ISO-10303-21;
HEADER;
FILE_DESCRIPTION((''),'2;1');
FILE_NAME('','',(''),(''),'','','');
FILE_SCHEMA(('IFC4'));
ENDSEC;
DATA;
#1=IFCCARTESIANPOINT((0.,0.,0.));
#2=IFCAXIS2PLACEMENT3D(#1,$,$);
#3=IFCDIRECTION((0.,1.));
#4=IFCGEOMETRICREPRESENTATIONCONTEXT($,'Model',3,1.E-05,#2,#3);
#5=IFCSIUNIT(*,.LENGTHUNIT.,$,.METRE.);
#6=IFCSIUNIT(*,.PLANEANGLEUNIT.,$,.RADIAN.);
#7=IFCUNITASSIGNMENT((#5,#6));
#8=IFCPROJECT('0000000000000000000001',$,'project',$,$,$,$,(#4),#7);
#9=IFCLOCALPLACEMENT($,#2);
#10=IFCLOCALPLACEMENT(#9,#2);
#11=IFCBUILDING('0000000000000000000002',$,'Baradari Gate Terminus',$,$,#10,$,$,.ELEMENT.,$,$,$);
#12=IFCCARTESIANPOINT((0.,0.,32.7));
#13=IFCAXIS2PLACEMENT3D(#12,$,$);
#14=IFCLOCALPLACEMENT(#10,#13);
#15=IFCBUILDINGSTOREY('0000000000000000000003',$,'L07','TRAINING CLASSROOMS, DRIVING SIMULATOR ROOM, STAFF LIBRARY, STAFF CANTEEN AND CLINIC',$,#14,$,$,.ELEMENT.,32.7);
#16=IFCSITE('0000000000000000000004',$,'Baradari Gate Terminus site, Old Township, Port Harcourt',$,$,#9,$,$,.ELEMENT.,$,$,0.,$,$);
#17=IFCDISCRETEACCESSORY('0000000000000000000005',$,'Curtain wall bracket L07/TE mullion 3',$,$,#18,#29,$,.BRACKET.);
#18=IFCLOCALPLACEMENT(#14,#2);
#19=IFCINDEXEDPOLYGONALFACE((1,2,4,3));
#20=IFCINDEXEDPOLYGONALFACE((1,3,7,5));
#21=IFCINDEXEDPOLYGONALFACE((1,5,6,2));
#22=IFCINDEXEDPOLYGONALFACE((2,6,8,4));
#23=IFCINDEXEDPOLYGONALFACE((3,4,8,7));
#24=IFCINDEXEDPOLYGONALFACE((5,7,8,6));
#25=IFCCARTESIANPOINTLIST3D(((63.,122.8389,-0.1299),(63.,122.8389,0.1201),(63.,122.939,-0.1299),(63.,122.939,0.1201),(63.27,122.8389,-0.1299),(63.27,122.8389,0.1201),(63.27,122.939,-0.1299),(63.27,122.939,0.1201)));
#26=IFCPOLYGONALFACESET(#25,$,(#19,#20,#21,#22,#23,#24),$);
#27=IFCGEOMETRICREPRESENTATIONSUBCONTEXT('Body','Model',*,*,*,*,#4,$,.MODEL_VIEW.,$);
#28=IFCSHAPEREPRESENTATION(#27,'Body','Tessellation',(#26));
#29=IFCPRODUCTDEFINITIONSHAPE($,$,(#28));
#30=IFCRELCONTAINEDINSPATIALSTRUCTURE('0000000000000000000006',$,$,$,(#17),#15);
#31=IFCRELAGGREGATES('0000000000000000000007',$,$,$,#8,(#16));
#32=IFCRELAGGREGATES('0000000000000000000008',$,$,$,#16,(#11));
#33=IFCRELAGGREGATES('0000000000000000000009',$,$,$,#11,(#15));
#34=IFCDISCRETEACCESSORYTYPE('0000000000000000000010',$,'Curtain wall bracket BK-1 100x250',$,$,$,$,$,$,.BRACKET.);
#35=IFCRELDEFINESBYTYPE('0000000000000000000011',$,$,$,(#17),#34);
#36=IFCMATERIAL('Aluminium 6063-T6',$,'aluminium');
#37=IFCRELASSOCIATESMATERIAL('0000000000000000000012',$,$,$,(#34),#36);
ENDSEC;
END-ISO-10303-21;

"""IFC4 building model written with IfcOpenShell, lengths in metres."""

from ifc_helpers import new_model, si_unit, direction, frame, origin, origin_2d, place, context, subcontext, project, spatial, rectangle, extrude, material, type_object, element, save


model = new_model("IFC4")

# Units and contexts
model_context = context("Model", 3, precision=1e-05, world=origin(), true_north=direction((0.0, 1.0)))
body_context = subcontext(model_context, "Body", "Model", "MODEL_VIEW")
ifc_project = project(units=[si_unit("LENGTHUNIT", "METRE"), si_unit("PLANEANGLEUNIT", "RADIAN")], contexts=[model_context])

# Site, building, storey
site_placement = place(None, origin())
site = spatial("IfcSite", under=ifc_project, at=site_placement, Name="Baradari Gate Terminus site, Old Township, Port Harcourt", CompositionType="ELEMENT", RefElevation=0.0)
building_placement = place(site_placement, origin())
building = spatial("IfcBuilding", under=site, at=building_placement, Name="Baradari Gate Terminus", CompositionType="ELEMENT")
storey_placement = place(building_placement, frame((0.0, 0.0, 32.7)))
storey = spatial("IfcBuildingStorey", under=building, at=storey_placement, Name="L07", Description="TRAINING CLASSROOMS, DRIVING SIMULATOR ROOM, STAFF LIBRARY, STAFF CANTEEN AND CLINIC", CompositionType="ELEMENT", Elevation=32.7)

# Discrete accessory
ifc_material_1 = material(Name="Aluminium 6063-T6", Category="aluminium")
discrete_accessory_type = type_object("IfcDiscreteAccessoryType", Name="Curtain wall bracket BK-1 100x250", PredefinedType="BRACKET", material=ifc_material_1)
for number, where, z_axis, x_axis, name in (
    (1, (63.135, 122.8889, -0.1299), (0.0, 0.0, 1.0), (1.0, 0.0, 0.0), "Curtain wall bracket L07/TE mullion 3"),
):
    element("IfcDiscreteAccessory", number, at=place(storey_placement, frame(where, z_axis=z_axis, x_axis=x_axis)), inside=storey, type_object=discrete_accessory_type, Name=name, PredefinedType="BRACKET", context=body_context, shape_type="SweptSolid", body=[
        extrude(rectangle(XDim=0.27, YDim=0.1001, at=origin_2d()), origin(), (0.0, 0.0, 1.0), 0.25),
    ])

save(model, "model.ifc")
